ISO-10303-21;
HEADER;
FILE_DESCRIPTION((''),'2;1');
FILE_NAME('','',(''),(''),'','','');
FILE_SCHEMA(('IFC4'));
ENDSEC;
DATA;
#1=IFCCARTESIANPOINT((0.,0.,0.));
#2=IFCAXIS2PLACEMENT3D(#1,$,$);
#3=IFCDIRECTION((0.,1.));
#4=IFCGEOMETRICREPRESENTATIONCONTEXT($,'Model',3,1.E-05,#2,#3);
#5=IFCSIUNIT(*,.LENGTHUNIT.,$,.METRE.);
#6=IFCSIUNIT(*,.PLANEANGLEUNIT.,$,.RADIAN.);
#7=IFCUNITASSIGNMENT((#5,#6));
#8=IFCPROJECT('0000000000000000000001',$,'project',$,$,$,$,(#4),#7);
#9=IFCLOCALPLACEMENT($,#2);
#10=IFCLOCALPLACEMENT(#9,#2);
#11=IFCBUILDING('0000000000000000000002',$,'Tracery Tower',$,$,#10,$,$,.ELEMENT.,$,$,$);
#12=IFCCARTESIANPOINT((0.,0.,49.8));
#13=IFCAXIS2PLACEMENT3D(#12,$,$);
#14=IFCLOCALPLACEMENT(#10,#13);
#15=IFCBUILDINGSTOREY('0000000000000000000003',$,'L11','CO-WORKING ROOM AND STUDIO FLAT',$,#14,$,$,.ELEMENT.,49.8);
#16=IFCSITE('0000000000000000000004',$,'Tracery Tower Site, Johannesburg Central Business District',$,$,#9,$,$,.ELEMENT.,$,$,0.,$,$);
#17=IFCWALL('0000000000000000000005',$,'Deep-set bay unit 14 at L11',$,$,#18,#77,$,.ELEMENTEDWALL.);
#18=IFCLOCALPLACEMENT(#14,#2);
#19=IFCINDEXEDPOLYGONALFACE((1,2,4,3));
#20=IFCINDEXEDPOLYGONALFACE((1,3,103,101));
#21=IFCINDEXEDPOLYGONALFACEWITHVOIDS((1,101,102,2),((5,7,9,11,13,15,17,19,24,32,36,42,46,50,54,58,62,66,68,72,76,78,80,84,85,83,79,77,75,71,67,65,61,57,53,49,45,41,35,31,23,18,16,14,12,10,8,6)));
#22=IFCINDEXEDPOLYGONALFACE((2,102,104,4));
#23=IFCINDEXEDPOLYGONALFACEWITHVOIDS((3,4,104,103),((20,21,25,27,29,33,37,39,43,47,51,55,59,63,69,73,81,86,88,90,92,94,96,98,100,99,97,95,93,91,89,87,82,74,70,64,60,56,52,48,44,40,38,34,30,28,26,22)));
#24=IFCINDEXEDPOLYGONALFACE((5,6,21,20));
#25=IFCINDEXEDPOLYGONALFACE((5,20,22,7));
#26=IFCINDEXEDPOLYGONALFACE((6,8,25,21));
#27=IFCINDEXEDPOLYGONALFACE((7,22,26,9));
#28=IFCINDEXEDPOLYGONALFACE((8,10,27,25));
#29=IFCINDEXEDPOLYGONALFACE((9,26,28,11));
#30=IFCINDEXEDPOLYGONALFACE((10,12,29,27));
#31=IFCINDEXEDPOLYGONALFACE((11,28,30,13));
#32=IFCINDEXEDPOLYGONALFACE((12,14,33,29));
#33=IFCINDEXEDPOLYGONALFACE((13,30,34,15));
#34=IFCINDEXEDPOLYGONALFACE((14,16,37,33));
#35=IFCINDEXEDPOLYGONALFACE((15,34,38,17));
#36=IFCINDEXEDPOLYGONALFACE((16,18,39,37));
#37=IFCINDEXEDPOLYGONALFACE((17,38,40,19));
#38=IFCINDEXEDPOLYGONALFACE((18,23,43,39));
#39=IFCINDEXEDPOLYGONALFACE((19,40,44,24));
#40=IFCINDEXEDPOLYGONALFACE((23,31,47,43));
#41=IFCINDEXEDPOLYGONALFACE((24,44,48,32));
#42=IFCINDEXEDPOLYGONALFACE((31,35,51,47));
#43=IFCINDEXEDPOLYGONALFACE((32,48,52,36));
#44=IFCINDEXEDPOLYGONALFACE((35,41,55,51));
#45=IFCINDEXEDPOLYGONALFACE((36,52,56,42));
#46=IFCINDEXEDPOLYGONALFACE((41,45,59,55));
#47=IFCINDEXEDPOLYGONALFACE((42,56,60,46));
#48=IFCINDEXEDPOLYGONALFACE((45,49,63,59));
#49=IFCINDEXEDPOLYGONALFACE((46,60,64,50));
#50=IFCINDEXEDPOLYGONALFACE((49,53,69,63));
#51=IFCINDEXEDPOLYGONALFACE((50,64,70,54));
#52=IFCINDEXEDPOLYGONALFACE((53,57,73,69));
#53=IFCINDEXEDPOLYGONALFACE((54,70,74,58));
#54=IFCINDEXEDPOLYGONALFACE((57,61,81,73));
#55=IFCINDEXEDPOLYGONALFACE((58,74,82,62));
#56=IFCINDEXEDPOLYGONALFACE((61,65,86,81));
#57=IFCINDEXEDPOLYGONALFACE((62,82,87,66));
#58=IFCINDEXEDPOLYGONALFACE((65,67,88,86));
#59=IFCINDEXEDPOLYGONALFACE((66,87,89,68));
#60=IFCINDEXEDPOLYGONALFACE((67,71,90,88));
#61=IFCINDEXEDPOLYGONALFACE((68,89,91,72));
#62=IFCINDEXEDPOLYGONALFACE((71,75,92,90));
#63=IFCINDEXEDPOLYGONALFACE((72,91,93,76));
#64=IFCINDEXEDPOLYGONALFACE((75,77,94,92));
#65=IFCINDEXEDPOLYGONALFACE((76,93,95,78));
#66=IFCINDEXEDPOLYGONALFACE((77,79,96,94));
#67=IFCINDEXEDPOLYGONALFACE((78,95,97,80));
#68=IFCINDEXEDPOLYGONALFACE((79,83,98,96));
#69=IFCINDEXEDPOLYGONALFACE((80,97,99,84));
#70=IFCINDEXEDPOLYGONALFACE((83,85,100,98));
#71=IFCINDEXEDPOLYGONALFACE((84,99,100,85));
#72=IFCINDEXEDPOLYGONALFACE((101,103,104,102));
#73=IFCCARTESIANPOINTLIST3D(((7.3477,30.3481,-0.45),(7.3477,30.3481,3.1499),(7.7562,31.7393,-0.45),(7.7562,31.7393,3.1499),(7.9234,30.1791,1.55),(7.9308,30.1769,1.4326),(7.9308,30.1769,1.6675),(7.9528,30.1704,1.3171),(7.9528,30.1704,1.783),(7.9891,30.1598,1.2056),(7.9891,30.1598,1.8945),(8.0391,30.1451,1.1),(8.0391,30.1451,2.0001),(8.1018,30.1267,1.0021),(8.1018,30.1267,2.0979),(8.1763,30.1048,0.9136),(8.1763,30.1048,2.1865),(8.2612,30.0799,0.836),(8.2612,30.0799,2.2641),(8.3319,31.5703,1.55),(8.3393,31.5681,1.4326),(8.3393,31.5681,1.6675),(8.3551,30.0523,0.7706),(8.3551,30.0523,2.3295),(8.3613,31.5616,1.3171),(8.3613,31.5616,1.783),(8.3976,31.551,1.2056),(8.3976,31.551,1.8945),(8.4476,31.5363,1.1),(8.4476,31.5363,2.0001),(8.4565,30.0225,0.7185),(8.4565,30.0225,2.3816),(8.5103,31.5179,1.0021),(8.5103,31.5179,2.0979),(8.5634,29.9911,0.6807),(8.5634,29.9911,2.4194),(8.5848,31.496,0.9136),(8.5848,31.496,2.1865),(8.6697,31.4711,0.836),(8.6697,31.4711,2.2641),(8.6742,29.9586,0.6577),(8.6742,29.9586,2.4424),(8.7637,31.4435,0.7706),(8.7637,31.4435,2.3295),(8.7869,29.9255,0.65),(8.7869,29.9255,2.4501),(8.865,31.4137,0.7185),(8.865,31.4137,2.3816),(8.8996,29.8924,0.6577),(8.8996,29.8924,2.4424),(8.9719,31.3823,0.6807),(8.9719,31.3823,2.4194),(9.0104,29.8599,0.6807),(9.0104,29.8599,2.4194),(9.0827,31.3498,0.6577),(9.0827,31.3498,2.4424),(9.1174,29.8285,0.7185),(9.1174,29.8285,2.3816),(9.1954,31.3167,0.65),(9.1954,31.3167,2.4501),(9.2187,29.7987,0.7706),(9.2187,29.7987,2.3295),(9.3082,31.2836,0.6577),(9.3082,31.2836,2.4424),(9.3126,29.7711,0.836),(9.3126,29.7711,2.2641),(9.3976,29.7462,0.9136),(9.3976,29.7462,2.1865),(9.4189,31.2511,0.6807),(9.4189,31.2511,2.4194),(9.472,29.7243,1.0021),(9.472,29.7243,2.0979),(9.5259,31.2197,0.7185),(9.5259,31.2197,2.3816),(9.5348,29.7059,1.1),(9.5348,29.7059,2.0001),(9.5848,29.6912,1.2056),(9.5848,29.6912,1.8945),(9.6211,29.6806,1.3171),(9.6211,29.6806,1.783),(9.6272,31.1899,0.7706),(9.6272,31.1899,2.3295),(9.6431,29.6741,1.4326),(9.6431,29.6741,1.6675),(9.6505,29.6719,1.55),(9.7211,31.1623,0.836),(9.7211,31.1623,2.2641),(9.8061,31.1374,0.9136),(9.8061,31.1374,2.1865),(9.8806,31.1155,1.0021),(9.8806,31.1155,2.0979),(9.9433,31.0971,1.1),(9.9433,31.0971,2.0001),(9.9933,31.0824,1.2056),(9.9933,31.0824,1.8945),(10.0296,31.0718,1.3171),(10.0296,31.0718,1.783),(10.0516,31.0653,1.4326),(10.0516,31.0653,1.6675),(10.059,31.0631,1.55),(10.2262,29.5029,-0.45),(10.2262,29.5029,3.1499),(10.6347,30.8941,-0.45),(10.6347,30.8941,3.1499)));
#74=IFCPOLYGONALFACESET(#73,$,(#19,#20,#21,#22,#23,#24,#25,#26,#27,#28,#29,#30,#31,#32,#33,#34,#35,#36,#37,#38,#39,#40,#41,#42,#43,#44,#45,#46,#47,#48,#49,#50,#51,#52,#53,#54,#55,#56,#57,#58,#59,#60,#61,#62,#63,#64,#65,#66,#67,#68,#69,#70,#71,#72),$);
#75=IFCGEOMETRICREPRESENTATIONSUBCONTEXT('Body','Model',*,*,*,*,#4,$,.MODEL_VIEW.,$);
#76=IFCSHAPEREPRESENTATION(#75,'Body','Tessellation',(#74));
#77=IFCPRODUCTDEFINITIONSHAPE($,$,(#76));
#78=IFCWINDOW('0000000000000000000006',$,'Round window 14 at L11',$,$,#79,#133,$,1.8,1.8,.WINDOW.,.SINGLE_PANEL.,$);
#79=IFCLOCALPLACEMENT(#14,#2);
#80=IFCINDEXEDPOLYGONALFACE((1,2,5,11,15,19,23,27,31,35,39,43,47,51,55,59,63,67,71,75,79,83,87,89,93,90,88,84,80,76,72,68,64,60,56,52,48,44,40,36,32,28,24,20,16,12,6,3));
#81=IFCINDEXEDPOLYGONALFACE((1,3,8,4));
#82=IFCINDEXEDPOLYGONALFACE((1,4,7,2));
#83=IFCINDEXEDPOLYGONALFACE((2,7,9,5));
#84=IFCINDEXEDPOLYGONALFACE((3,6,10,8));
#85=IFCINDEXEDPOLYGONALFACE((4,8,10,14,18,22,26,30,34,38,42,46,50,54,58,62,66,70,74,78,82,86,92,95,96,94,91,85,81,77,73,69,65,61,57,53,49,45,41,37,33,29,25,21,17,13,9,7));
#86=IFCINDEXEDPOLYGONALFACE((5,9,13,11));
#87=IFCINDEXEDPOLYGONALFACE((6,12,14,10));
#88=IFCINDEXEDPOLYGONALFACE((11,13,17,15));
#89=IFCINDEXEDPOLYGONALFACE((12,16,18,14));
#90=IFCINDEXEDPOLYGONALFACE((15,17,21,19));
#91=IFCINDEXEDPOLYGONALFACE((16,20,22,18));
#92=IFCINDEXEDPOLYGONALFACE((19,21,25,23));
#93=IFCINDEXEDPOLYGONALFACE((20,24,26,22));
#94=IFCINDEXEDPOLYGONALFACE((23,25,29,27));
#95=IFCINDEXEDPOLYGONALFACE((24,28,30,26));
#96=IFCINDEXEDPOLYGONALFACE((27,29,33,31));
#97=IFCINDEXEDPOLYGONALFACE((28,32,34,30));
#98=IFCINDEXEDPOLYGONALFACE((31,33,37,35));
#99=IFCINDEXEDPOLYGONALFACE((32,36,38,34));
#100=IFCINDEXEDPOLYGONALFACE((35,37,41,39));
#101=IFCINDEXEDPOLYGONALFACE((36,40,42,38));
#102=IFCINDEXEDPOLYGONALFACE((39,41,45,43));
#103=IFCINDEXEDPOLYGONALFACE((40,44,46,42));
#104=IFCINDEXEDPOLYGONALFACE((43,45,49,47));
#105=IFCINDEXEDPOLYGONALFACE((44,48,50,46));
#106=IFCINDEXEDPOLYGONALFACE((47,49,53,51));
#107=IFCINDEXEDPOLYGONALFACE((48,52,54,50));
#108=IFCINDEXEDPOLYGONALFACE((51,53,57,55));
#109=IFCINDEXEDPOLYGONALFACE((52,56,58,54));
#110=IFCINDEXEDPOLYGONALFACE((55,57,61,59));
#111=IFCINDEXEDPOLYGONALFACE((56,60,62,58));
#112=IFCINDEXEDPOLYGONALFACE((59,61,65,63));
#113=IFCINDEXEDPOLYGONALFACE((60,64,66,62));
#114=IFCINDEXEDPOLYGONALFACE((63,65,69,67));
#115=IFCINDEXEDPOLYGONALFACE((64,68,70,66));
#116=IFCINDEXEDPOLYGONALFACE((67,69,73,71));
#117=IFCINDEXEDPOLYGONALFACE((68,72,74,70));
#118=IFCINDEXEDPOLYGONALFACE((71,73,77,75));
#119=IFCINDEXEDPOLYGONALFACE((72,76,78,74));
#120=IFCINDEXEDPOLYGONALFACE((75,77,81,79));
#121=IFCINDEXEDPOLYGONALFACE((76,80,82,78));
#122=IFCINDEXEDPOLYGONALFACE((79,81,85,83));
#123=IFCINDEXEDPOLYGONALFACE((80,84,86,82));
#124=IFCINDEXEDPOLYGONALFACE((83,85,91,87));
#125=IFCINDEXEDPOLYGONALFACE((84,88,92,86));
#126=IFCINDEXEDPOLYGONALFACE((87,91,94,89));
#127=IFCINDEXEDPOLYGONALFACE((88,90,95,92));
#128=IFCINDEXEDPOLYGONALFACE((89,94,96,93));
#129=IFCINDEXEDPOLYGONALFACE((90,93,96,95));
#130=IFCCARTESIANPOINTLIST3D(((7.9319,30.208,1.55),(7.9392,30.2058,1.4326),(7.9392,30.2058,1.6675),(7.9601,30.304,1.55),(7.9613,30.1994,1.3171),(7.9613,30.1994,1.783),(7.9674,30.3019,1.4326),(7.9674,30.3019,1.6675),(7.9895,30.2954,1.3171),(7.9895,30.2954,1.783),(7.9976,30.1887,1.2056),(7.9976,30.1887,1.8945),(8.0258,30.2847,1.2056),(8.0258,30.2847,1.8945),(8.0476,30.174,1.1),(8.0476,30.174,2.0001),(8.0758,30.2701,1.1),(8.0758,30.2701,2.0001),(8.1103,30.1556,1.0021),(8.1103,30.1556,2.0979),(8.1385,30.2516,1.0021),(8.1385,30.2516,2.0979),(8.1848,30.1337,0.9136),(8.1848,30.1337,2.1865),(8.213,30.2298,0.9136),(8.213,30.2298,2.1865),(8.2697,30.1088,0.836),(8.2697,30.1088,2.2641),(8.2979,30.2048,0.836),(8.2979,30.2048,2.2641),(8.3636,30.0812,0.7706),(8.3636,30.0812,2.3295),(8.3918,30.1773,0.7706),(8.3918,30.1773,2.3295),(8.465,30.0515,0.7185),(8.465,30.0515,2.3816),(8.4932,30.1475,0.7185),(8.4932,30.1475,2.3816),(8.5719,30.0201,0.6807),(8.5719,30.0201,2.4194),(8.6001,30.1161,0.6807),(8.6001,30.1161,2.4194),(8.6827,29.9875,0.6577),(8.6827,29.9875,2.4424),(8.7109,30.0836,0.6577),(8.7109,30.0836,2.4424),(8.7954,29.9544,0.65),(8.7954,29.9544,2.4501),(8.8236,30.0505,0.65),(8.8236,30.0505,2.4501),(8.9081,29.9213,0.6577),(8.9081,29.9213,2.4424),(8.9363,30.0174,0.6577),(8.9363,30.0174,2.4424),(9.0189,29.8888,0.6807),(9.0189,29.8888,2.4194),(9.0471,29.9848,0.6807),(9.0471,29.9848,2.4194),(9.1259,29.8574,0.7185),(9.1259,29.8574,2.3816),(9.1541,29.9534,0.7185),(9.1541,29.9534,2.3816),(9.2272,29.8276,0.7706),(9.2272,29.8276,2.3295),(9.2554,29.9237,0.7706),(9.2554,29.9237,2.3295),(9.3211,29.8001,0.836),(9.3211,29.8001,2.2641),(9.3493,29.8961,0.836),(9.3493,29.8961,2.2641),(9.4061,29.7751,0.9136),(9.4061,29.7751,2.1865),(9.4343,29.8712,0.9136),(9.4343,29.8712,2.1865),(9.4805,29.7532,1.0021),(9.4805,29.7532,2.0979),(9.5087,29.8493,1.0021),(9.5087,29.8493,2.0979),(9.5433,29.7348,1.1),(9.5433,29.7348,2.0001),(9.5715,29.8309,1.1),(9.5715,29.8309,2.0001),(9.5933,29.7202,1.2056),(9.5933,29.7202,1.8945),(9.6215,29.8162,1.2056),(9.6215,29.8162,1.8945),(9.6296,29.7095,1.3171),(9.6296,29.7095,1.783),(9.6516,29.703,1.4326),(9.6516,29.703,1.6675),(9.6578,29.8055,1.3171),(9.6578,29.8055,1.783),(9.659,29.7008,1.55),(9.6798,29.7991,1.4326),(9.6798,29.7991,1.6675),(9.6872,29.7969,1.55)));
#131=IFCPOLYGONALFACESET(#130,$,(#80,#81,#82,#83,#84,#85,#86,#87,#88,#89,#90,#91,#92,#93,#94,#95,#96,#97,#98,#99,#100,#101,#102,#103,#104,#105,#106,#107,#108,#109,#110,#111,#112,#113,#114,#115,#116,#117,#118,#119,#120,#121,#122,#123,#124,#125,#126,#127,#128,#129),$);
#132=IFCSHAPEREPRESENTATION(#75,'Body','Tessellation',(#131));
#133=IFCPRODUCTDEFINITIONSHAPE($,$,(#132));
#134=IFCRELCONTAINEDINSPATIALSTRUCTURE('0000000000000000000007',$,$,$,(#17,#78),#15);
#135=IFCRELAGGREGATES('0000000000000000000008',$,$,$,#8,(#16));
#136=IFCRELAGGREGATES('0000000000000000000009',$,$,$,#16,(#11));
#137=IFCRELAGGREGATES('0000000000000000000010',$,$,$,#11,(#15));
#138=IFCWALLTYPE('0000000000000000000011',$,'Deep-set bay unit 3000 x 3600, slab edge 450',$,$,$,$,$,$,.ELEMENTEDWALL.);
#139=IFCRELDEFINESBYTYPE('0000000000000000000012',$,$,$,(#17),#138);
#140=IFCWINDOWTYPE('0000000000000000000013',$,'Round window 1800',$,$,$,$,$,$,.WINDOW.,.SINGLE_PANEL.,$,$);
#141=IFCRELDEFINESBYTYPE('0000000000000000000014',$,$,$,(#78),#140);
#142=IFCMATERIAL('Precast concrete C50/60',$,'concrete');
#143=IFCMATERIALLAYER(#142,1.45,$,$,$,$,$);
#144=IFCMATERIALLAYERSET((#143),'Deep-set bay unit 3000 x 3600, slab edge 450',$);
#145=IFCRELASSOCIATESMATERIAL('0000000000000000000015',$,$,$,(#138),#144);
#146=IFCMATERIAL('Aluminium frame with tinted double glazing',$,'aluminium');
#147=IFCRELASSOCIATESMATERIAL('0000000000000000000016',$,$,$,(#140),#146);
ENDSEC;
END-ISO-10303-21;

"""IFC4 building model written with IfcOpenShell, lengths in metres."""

from ifc_helpers import new_model, si_unit, direction, frame, frame_2d, origin, origin_2d, place, context, subcontext, project, spatial, rectangle, circle, extrude, material, layer, layer_set, type_object, element, fill, save


model = new_model("IFC4")

# Units and contexts
model_context = context("Model", 3, precision=1e-05, world=origin(), true_north=direction((0.0, 1.0)))
body_context = subcontext(model_context, "Body", "Model", "MODEL_VIEW")
ifc_project = project(units=[si_unit("LENGTHUNIT", "METRE"), si_unit("PLANEANGLEUNIT", "RADIAN")], contexts=[model_context])

# Site, building, storey
site_placement = place(None, origin())
site = spatial("IfcSite", under=ifc_project, at=site_placement, Name="Tracery Tower Site, Johannesburg Central Business District", CompositionType="ELEMENT", RefElevation=0.0)
building_placement = place(site_placement, origin())
building = spatial("IfcBuilding", under=site, at=building_placement, Name="Tracery Tower", CompositionType="ELEMENT")
storey_placement = place(building_placement, frame((0.0, 0.0, 49.8)))
storey = spatial("IfcBuildingStorey", under=building, at=storey_placement, Name="L11", Description="CO-WORKING ROOM AND STUDIO FLAT", CompositionType="ELEMENT", Elevation=49.8)

# Wall, opening, window
ifc_material_1 = material(Name="Precast concrete C50/60", Category="concrete")
ifc_layer_1 = layer(ifc_material_1, 1.45)
ifc_layer_set_1 = layer_set([ifc_layer_1], Name="Deep-set bay unit 3000 x 3600, slab edge 450")
wall_type_1 = type_object("IfcWallType", Name="Deep-set bay unit 3000 x 3600, slab edge 450", PredefinedType="ELEMENTEDWALL", material=ifc_layer_set_1)
wall_1_placement = place(storey_placement, frame((10.4304, 30.1985, -0.45), z_axis=(0.0, 0.0, 1.0), x_axis=(-0.95949, 0.281743, 0.0)))
wall_1 = element("IfcWall", 1, at=wall_1_placement, inside=storey, type_object=wall_type_1, Name="Deep-set bay unit 14 at L11", PredefinedType="ELEMENTEDWALL", context=body_context, shape_type="SweptSolid", body=[
    extrude(rectangle(XDim=3.0, YDim=1.45, at=frame_2d((1.5, 0.0))), origin(), (0.0, 0.0, 1.0), 3.5999),
])
opening_1_placement = place(wall_1_placement, frame((1.5, 0.0, 2.0)))
opening_1 = element("IfcOpeningElement", 2, at=opening_1_placement, cuts=wall_1, PredefinedType="OPENING", context=body_context, shape_type="SweptSolid", body=[
    extrude(circle(Radius=0.9, at=origin_2d()), frame((0.0, 0.7349, 0.0), z_axis=(0.0, -1.0, 0.0), x_axis=(1.0, 0.0, 0.0)), (0.0, 0.0, 1.0), 1.47),
])
ifc_material_2 = material(Name="Aluminium frame with tinted double glazing", Category="aluminium")
window_type = type_object("IfcWindowType", Name="Round window 1800", PartitioningType="SINGLE_PANEL", PredefinedType="WINDOW", material=ifc_material_2)
window_1_placement = place(opening_1_placement, origin())
window_1 = element("IfcWindow", 3, at=window_1_placement, inside=storey, type_object=window_type, Name="Round window 14 at L11", OverallHeight=1.8, OverallWidth=1.8, PartitioningType="SINGLE_PANEL", PredefinedType="WINDOW", context=body_context, shape_type="SweptSolid", body=[
    extrude(circle(Radius=0.9, at=origin_2d()), frame((0.0, 0.6948, 0.0), z_axis=(0.0, -1.0, 0.0), x_axis=(1.0, 0.0, 0.0)), (0.0, 0.0, 1.0), 0.1001),
])
fill(opening_1, window_1)

save(model, "model.ifc")
